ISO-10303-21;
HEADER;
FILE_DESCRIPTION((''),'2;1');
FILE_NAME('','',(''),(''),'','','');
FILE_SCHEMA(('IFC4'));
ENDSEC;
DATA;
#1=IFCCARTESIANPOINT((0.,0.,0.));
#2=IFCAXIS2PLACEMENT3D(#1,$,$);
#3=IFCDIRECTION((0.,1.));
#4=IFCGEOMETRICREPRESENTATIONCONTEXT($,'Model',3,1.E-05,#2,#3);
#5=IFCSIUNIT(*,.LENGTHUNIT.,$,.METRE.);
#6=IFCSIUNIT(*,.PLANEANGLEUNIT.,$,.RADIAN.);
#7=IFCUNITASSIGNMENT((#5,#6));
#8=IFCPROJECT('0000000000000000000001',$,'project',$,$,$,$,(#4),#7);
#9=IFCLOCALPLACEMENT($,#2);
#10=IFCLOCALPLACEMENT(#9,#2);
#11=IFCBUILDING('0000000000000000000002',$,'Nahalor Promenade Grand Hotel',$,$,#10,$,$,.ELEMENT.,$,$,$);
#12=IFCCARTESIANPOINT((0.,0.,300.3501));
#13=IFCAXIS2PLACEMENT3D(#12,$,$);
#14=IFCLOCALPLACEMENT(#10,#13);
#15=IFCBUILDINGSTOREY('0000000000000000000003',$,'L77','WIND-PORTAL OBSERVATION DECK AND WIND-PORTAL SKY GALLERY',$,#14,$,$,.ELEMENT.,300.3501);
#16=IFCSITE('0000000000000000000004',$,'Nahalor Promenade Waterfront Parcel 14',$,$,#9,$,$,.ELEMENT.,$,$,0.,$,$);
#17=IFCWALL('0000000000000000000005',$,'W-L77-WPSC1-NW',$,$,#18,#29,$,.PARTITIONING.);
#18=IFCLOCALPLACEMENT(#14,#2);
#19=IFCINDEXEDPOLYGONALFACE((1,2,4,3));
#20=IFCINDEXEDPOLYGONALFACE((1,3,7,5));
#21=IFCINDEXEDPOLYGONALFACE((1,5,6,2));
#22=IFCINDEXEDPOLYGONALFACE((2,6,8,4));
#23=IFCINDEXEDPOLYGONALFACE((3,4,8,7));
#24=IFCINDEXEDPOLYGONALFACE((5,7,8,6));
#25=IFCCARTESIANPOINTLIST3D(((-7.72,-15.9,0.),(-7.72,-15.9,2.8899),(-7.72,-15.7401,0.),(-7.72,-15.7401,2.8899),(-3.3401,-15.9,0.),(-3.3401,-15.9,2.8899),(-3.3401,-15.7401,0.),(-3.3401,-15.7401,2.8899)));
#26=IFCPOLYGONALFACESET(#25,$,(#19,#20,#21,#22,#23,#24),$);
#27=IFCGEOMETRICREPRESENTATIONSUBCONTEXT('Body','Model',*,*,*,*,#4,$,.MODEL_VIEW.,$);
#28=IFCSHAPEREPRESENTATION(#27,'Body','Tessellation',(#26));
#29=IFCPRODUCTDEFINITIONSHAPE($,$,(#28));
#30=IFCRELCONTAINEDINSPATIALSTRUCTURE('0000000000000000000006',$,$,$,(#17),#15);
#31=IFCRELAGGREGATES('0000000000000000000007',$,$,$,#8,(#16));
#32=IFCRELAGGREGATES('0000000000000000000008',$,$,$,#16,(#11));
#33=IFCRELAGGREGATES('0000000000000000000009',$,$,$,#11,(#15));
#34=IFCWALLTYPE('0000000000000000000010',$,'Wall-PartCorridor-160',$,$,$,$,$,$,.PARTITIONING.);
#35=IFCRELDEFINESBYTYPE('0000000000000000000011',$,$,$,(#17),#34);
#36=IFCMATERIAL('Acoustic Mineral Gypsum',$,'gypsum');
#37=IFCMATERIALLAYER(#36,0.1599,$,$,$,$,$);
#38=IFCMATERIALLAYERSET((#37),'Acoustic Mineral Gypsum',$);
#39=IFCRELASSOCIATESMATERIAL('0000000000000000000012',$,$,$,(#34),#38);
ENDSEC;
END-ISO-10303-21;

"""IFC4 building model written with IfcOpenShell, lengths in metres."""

from ifc_helpers import new_model, si_unit, direction, frame, frame_2d, origin, place, context, subcontext, project, spatial, rectangle, extrude, source, transform, mapped, material, layer, layer_set, type_object, element, save


model = new_model("IFC4")

# Units and contexts
model_context = context("Model", 3, precision=1e-05, world=origin(), true_north=direction((0.0, 1.0)))
body_context = subcontext(model_context, "Body", "Model", "MODEL_VIEW")
ifc_project = project(units=[si_unit("LENGTHUNIT", "METRE"), si_unit("PLANEANGLEUNIT", "RADIAN")], contexts=[model_context])

# Site, building, storey
site_placement = place(None, origin())
site = spatial("IfcSite", under=ifc_project, at=site_placement, Name="Nahalor Promenade Waterfront Parcel 14", CompositionType="ELEMENT", RefElevation=0.0)
building_placement = place(site_placement, origin())
building = spatial("IfcBuilding", under=site, at=building_placement, Name="Nahalor Promenade Grand Hotel", CompositionType="ELEMENT")
storey_placement = place(building_placement, frame((0.0, 0.0, 300.3501)))
storey = spatial("IfcBuildingStorey", under=building, at=storey_placement, Name="L77", Description="WIND-PORTAL OBSERVATION DECK AND WIND-PORTAL SKY GALLERY", CompositionType="ELEMENT", Elevation=300.3501)

# Wall
ifc_material_1 = material(Name="Acoustic Mineral Gypsum", Category="gypsum")
ifc_layer_1 = layer(ifc_material_1, 0.1599)
ifc_layer_set_1 = layer_set([ifc_layer_1], Name="Acoustic Mineral Gypsum")
wall_type_1 = type_object("IfcWallType", Name="Wall-PartCorridor-160", PredefinedType="PARTITIONING", material=ifc_layer_set_1)
shared_shape_1 = source(origin(), body_context, "Body", "SweptSolid", [
    extrude(rectangle(XDim=4.3799, YDim=0.1599, at=frame_2d((2.1899, 0.0))), origin(), (0.0, 0.0, 1.0), 2.8899),
])
wall_1_placement = place(storey_placement, frame((-7.72, -15.8201, 0.0), z_axis=(0.0, 0.0, 1.0), x_axis=(1.0, 0.0, 0.0)))
element("IfcWall", 1, at=wall_1_placement, inside=storey, type_object=wall_type_1, Name="W-L77-WPSC1-NW", PredefinedType="PARTITIONING", context=body_context, shape_type="MappedRepresentation", body=[
    mapped(shared_shape_1, transform((0.0, 0.0, 0.0), scale=1.0)),
])

save(model, "model.ifc")
